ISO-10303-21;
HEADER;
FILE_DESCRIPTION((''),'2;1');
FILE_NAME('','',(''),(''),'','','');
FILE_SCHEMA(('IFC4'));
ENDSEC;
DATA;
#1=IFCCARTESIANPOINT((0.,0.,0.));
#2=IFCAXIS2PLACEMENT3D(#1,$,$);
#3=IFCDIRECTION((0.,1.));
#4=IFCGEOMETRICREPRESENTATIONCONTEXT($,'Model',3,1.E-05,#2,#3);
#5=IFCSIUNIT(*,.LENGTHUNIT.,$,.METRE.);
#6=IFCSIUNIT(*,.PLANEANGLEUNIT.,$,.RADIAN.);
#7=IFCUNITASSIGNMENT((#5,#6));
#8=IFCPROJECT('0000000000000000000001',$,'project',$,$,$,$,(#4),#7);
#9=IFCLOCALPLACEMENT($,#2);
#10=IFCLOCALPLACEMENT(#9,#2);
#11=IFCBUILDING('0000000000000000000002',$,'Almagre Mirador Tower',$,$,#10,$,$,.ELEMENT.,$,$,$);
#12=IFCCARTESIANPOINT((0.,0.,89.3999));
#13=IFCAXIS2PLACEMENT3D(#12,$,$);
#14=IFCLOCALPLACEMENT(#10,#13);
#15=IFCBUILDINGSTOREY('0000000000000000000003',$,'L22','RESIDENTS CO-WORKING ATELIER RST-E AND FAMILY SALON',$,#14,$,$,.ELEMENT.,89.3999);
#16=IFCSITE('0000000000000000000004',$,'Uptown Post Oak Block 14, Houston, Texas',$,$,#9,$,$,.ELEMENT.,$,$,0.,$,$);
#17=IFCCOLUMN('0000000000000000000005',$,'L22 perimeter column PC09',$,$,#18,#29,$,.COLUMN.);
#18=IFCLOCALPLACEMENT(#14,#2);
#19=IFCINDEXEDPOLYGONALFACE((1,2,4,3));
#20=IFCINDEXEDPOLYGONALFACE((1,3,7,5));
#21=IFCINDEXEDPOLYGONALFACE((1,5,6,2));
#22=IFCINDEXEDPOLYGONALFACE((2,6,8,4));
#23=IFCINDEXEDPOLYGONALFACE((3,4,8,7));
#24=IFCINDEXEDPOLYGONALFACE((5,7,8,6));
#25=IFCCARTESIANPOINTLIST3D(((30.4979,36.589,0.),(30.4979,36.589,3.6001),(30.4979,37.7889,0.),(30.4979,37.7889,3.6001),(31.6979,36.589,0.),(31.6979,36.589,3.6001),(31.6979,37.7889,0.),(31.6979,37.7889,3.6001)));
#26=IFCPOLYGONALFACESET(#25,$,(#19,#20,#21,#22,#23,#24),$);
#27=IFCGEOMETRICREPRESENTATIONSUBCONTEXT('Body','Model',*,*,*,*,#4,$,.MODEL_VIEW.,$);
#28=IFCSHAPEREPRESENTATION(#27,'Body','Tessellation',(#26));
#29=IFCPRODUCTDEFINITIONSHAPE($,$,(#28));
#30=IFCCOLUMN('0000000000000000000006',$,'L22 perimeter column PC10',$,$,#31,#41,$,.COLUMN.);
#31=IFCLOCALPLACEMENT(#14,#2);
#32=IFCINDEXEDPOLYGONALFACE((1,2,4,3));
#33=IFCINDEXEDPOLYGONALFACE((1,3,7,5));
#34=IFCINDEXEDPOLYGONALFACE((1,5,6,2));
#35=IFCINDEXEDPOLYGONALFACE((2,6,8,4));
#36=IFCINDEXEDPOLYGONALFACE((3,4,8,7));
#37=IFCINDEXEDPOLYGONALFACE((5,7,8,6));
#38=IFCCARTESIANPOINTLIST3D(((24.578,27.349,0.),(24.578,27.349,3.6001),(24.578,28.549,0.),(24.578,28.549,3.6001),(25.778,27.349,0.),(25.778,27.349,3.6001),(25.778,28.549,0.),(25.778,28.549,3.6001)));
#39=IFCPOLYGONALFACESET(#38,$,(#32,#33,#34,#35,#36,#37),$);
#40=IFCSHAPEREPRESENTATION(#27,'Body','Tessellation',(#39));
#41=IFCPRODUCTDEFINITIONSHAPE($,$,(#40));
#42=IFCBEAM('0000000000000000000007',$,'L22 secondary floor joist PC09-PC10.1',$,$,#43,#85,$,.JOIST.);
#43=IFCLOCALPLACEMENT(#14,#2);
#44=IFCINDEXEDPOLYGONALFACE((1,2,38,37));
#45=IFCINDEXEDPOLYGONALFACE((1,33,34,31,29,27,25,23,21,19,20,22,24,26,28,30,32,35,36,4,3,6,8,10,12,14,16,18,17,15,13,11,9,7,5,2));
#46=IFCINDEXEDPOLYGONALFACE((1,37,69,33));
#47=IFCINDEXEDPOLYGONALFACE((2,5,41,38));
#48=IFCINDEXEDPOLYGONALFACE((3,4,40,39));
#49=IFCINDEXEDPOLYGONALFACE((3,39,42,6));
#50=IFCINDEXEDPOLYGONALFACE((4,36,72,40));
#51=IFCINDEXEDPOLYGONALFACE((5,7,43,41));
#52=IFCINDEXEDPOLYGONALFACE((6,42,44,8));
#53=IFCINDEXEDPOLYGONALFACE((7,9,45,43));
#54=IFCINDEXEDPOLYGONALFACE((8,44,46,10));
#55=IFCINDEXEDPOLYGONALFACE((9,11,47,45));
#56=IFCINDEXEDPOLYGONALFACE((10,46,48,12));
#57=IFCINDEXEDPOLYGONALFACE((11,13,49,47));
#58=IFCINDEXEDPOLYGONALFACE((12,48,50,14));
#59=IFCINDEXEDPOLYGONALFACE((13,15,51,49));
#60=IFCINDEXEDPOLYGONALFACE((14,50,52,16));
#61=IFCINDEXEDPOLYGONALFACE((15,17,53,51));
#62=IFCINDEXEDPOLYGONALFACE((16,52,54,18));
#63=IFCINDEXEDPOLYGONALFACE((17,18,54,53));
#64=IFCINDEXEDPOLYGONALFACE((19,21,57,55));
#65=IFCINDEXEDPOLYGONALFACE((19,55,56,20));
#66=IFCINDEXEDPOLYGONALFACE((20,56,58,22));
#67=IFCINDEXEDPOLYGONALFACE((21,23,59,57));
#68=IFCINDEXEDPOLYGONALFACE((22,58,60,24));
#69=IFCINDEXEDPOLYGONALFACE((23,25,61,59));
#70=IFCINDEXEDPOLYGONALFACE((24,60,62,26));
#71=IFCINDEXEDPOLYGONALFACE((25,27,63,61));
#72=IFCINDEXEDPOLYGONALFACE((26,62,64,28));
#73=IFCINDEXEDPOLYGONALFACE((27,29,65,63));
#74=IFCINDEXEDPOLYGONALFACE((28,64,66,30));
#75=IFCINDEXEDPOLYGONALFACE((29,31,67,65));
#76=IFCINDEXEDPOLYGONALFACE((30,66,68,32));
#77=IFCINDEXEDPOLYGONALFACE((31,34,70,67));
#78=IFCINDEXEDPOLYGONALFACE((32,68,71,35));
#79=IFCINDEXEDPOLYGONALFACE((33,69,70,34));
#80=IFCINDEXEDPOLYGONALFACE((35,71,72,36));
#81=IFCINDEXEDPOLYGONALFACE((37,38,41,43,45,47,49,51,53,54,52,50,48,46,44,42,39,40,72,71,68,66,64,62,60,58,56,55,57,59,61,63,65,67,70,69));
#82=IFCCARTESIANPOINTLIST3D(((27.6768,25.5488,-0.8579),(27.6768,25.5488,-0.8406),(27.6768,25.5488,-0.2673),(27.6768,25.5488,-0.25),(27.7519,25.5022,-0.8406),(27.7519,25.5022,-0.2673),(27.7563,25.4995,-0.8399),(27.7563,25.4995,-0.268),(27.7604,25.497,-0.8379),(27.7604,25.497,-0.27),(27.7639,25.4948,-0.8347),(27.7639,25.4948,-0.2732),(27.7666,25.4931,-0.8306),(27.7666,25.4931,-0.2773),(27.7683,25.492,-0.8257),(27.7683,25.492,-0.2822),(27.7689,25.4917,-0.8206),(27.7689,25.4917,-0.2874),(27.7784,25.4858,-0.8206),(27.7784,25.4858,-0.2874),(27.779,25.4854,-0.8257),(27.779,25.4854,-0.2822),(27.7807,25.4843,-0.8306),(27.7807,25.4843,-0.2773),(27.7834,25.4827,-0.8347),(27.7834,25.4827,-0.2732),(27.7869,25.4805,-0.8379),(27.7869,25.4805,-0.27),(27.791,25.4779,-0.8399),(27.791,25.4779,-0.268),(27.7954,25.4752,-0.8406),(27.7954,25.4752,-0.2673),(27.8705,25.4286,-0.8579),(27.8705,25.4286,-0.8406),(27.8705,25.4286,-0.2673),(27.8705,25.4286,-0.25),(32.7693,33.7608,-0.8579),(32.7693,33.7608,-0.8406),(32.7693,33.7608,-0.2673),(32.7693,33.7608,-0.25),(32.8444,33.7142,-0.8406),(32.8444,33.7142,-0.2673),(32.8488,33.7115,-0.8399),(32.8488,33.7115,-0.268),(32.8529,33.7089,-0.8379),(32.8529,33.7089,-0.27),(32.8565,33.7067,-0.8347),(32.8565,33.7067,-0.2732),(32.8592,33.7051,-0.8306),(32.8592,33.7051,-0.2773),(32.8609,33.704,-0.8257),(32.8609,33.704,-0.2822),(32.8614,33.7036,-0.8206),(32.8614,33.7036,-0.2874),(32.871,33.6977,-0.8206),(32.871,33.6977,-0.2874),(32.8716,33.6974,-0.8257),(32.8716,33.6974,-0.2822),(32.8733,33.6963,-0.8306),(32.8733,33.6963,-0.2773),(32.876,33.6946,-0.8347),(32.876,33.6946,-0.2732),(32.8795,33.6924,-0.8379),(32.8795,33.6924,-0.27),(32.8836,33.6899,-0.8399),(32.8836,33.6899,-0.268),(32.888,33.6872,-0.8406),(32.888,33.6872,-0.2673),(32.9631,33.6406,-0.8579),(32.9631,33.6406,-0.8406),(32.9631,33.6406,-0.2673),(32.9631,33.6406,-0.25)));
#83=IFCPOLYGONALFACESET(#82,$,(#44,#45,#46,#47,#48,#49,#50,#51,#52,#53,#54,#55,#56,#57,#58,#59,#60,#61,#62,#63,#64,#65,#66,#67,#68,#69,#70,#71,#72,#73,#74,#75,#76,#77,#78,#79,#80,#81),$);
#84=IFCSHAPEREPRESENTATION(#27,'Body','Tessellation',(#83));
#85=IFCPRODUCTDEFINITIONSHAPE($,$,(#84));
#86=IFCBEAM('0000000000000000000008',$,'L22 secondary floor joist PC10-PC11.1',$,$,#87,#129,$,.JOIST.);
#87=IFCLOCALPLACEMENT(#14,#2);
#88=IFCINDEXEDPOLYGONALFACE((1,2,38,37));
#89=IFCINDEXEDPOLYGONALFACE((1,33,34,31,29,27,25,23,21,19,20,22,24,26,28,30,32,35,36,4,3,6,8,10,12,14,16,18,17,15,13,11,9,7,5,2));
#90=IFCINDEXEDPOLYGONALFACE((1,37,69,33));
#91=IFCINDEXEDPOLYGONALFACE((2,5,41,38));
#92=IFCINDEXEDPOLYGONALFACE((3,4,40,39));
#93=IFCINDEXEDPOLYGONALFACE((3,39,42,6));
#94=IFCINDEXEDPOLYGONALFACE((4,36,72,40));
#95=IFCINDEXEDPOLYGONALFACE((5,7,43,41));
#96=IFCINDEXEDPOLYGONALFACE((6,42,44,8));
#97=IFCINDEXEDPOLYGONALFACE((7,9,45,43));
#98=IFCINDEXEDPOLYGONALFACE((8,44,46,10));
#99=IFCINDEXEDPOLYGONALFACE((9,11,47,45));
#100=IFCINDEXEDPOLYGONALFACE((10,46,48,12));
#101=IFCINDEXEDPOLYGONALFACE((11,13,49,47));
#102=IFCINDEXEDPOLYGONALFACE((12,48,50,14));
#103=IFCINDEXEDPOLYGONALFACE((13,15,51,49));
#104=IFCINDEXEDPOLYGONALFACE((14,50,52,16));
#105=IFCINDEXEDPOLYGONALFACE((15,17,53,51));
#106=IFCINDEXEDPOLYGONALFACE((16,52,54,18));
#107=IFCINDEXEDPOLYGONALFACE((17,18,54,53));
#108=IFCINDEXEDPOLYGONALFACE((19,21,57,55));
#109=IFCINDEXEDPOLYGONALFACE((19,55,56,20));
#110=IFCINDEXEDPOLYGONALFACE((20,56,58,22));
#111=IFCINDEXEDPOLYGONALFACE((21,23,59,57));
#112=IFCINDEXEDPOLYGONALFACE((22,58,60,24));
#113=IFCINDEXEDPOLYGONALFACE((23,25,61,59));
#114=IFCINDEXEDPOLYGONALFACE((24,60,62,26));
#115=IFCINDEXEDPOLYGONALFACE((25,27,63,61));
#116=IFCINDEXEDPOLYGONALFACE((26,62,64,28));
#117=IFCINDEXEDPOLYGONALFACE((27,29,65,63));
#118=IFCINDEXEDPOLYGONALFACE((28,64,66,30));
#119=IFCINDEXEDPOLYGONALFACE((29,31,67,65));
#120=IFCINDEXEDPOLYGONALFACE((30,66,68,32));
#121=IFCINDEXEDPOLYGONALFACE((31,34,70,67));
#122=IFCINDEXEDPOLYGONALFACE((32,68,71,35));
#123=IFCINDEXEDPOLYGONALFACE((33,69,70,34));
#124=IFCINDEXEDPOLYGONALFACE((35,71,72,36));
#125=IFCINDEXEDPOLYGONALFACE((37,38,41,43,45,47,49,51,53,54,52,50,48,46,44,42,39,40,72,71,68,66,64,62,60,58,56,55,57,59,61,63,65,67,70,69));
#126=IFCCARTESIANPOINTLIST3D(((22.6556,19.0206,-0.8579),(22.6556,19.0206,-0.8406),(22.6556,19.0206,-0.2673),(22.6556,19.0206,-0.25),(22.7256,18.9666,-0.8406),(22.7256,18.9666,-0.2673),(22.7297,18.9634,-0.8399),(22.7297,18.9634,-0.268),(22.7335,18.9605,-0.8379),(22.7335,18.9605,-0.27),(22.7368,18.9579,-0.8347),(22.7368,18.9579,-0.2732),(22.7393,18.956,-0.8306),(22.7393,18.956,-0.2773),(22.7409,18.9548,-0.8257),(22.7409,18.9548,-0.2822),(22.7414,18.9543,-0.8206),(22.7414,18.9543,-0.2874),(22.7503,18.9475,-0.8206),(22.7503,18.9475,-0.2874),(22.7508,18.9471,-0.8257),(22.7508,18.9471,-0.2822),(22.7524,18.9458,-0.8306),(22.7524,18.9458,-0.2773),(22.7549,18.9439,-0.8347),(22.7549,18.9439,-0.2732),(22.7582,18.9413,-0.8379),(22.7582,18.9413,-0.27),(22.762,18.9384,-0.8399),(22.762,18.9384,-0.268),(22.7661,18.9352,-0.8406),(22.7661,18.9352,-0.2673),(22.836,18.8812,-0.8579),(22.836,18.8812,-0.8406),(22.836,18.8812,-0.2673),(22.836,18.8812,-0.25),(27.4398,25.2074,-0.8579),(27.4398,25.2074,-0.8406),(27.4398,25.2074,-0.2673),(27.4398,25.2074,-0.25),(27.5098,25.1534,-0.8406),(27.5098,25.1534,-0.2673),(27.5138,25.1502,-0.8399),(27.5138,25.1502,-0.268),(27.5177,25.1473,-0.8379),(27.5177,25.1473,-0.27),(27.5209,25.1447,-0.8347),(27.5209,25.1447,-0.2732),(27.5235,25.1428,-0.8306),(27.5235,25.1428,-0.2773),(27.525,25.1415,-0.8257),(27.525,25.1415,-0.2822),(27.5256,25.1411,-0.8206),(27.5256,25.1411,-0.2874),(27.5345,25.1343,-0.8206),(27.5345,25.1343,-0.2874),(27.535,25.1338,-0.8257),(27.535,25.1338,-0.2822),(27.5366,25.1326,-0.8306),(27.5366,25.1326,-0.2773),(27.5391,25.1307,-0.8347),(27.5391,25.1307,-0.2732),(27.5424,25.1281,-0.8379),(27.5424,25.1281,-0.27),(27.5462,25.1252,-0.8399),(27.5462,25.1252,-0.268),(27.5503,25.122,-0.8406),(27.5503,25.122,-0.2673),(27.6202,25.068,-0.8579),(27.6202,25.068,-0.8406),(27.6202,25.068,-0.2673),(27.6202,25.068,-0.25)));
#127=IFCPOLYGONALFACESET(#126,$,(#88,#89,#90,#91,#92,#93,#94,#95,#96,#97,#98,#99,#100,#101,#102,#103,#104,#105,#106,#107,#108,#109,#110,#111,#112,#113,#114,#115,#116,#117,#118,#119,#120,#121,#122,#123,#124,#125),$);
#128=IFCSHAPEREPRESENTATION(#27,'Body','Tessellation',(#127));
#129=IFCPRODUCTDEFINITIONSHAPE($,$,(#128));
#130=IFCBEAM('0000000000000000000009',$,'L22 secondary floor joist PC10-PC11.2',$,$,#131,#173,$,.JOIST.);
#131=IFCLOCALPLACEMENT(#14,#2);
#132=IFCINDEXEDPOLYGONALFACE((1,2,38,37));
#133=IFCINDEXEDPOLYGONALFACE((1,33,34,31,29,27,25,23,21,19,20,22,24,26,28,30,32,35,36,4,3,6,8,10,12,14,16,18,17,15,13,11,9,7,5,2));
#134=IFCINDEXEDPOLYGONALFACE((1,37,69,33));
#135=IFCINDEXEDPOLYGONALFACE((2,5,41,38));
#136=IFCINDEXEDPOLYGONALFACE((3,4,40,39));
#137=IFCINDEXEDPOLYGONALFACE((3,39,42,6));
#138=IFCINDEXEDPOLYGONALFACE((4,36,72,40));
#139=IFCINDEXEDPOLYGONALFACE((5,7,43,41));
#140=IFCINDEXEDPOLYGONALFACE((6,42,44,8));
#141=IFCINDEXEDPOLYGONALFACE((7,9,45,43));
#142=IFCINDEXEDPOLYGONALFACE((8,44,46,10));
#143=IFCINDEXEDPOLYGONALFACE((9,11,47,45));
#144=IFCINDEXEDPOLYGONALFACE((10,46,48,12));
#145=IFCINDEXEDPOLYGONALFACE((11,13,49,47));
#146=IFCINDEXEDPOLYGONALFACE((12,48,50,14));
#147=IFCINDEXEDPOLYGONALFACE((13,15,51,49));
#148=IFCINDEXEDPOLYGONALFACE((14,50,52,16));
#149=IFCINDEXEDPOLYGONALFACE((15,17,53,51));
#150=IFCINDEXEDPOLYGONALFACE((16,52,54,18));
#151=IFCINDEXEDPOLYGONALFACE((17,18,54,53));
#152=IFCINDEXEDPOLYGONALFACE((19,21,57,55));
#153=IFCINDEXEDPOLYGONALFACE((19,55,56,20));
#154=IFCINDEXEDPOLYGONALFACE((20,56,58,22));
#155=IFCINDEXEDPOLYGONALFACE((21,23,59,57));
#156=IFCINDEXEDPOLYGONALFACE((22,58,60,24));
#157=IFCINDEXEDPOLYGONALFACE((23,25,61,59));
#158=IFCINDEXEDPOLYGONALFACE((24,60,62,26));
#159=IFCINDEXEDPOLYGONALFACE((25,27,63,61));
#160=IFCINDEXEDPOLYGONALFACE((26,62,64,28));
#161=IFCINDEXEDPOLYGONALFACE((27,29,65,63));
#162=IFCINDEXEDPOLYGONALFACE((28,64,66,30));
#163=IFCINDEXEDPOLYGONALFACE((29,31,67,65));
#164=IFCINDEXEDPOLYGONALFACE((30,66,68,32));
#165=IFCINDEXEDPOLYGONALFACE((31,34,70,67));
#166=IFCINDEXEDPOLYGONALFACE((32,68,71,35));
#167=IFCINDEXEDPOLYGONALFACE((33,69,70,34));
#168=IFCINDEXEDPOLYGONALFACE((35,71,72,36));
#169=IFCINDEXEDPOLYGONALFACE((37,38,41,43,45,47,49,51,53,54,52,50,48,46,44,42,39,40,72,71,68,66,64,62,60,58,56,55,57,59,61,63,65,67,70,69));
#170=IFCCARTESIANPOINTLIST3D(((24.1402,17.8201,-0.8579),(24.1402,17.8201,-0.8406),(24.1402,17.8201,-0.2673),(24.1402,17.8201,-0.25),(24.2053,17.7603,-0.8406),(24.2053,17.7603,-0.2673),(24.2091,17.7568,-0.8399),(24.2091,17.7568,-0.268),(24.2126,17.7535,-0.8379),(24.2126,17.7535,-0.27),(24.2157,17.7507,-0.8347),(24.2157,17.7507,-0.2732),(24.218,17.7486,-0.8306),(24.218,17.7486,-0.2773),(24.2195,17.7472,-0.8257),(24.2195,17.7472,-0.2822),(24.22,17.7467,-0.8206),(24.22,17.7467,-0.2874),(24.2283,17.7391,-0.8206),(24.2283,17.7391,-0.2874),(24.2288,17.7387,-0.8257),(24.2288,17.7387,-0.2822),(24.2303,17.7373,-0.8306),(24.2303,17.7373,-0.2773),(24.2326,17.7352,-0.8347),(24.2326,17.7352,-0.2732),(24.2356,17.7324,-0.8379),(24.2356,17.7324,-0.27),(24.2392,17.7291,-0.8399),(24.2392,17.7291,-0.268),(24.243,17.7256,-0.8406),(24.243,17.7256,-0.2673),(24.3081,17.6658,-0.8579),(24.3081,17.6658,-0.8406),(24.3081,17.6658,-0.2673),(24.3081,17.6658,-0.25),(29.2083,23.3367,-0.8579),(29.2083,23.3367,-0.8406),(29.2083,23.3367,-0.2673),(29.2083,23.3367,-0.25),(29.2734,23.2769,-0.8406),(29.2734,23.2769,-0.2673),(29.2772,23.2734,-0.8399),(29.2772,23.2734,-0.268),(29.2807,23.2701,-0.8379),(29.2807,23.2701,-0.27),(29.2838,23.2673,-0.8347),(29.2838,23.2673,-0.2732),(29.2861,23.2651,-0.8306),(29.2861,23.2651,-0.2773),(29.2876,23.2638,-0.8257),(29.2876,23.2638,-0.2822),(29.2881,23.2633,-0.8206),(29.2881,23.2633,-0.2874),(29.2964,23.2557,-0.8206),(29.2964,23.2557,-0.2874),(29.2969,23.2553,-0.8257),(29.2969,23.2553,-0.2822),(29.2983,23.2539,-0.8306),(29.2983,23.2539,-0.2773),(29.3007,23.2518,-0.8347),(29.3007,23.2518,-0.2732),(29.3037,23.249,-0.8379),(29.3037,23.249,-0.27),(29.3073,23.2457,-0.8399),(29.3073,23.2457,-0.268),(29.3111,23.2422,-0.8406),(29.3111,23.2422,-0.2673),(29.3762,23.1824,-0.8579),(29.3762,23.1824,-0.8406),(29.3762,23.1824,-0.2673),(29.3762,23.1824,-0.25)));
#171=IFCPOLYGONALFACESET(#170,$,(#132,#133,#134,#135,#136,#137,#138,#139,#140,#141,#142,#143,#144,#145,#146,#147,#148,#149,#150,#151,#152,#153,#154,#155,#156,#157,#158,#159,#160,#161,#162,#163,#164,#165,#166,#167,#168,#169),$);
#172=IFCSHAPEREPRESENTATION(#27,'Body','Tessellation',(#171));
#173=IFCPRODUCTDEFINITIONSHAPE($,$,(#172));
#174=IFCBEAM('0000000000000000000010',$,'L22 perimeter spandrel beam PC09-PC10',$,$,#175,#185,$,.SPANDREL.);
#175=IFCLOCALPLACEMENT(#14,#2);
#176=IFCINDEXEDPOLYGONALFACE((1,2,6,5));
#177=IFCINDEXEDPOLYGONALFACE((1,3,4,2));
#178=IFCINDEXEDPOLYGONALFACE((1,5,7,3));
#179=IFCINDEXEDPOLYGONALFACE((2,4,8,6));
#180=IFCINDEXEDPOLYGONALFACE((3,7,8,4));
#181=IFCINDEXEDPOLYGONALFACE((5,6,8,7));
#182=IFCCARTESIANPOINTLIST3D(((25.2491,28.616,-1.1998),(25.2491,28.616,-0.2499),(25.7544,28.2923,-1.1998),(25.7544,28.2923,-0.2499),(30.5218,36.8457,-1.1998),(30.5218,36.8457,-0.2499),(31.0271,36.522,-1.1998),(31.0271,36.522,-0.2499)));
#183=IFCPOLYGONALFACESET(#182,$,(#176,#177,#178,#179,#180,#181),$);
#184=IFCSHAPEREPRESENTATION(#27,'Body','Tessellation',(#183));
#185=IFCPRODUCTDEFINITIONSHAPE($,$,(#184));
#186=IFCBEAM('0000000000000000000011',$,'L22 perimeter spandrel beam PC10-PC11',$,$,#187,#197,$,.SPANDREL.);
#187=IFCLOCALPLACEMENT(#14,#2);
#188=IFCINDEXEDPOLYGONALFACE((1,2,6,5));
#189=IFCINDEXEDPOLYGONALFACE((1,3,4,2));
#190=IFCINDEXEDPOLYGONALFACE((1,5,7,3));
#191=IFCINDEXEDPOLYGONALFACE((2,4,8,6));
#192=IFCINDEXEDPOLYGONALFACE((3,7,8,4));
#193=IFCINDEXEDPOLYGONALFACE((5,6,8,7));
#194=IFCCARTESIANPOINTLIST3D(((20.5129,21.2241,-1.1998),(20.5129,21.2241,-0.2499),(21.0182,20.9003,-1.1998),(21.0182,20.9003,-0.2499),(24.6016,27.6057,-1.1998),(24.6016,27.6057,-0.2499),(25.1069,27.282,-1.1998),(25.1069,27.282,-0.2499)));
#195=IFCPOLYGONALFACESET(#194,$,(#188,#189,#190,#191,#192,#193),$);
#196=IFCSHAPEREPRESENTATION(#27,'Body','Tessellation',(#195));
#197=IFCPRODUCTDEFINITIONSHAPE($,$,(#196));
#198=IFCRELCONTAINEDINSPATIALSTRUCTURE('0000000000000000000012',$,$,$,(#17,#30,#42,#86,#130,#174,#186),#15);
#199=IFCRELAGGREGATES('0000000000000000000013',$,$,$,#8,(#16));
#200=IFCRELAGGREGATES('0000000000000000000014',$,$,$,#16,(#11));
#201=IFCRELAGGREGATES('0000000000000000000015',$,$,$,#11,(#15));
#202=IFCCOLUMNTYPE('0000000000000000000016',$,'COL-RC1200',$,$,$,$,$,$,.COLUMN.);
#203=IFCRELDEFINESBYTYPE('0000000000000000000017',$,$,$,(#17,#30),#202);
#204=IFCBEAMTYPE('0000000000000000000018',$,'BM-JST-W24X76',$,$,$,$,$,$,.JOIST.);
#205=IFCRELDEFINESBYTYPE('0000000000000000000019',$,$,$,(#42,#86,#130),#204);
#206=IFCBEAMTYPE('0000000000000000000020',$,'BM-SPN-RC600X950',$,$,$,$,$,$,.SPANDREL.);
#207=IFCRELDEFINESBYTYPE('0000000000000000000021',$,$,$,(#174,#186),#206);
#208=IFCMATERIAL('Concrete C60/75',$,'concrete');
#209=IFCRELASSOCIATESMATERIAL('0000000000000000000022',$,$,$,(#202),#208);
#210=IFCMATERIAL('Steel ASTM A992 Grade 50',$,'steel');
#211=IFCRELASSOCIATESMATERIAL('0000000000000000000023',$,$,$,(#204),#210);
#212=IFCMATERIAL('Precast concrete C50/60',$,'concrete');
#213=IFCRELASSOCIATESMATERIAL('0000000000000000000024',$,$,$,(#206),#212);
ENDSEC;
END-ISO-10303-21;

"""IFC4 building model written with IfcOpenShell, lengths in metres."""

from ifc_helpers import new_model, si_unit, direction, frame, origin, origin_2d, place, context, subcontext, project, spatial, rectangle, i_section, extrude, material, material_profile, profile_set, type_object, element, save


model = new_model("IFC4")

# Units and contexts
model_context = context("Model", 3, precision=1e-05, world=origin(), true_north=direction((0.0, 1.0)))
body_context = subcontext(model_context, "Body", "Model", "MODEL_VIEW")
ifc_project = project(units=[si_unit("LENGTHUNIT", "METRE"), si_unit("PLANEANGLEUNIT", "RADIAN")], contexts=[model_context])

# Site, building, storey
site_placement = place(None, origin())
site = spatial("IfcSite", under=ifc_project, at=site_placement, Name="Uptown Post Oak Block 14, Houston, Texas", CompositionType="ELEMENT", RefElevation=0.0)
building_placement = place(site_placement, origin())
building = spatial("IfcBuilding", under=site, at=building_placement, Name="Almagre Mirador Tower", CompositionType="ELEMENT")
storey_placement = place(building_placement, frame((0.0, 0.0, 89.3999)))
storey = spatial("IfcBuildingStorey", under=building, at=storey_placement, Name="L22", Description="RESIDENTS CO-WORKING ATELIER RST-E AND FAMILY SALON", CompositionType="ELEMENT", Elevation=89.3999)

# Columns
ifc_material_1 = material(Name="Concrete C60/75", Category="concrete")
ifc_material_profile_1 = material_profile(ifc_material_1, rectangle(XDim=1.2, YDim=1.2, at=origin_2d()), Name="RC1200X1200")
ifc_profile_set_1 = profile_set([ifc_material_profile_1], Name="Concrete C60/75")
column_type = type_object("IfcColumnType", Name="COL-RC1200", PredefinedType="COLUMN", material=ifc_profile_set_1)
for number, where, z_axis, x_axis, name in (
    (1, (31.0979, 37.189, 0.0), (0.0, 0.0, 1.0), (1.0, 0.0, 0.0), "L22 perimeter column PC09"),
    (2, (25.178, 27.949, 0.0), (0.0, 0.0, 1.0), (1.0, 0.0, 0.0), "L22 perimeter column PC10"),
):
    element("IfcColumn", number, at=place(storey_placement, frame(where, z_axis=z_axis, x_axis=x_axis)), inside=storey, type_object=column_type, Name=name, PredefinedType="COLUMN", context=body_context, shape_type="SweptSolid", body=[
        extrude(rectangle(XDim=1.2, YDim=1.2, at=origin_2d()), origin(), (0.0, 0.0, 1.0), 3.6001),
    ])

# Beams
ifc_material_2 = material(Name="Steel ASTM A992 Grade 50", Category="steel")
ifc_material_profile_2 = material_profile(ifc_material_2, i_section(OverallWidth=0.228, OverallDepth=0.6079, WebThickness=0.0112, FlangeThickness=0.0173, FilletRadius=0.02, at=origin_2d()), Name="W24X76")
ifc_profile_set_2 = profile_set([ifc_material_profile_2], Name="Steel ASTM A992 Grade 50")
beam_type_1 = type_object("IfcBeamType", Name="BM-JST-W24X76", PredefinedType="JOIST", material=ifc_profile_set_2)
beam_1_placement = place(storey_placement, frame((32.8662, 33.7007, -0.554), z_axis=(-0.527025, -0.84985, 0.0), x_axis=(0.84985, -0.527025, 0.0)))
element("IfcBeam", 3, at=beam_1_placement, inside=storey, type_object=beam_type_1, Name="L22 secondary floor joist PC09-PC10.1", PredefinedType="JOIST", context=body_context, shape_type="SweptSolid", body=[
    extrude(i_section(OverallWidth=0.228, OverallDepth=0.6079, WebThickness=0.0112, FlangeThickness=0.0173, FilletRadius=0.02, at=origin_2d()), origin(), (0.0, 0.0, 1.0), 9.6628),
])
beam_2_placement = place(storey_placement, frame((27.53, 25.1377, -0.554), z_axis=(-0.611727, -0.791069, 0.0), x_axis=(0.791069, -0.611727, 0.0)))
element("IfcBeam", 4, at=beam_2_placement, inside=storey, type_object=beam_type_1, Name="L22 secondary floor joist PC10-PC11.1", PredefinedType="JOIST", context=body_context, shape_type="SweptSolid", body=[
    extrude(i_section(OverallWidth=0.228, OverallDepth=0.6079, WebThickness=0.0112, FlangeThickness=0.0173, FilletRadius=0.02, at=origin_2d()), origin(), (0.0, 0.0, 1.0), 7.8208),
])
beam_3_placement = place(storey_placement, frame((29.2922, 23.2595, -0.554), z_axis=(-0.676539, -0.736407, 0.0), x_axis=(0.736407, -0.676539, 0.0)))
element("IfcBeam", 5, at=beam_3_placement, inside=storey, type_object=beam_type_1, Name="L22 secondary floor joist PC10-PC11.2", PredefinedType="JOIST", context=body_context, shape_type="SweptSolid", body=[
    extrude(i_section(OverallWidth=0.228, OverallDepth=0.6079, WebThickness=0.0112, FlangeThickness=0.0173, FilletRadius=0.02, at=origin_2d()), origin(), (0.0, 0.0, 1.0), 7.4912),
])
ifc_material_3 = material(Name="Precast concrete C50/60", Category="concrete")
ifc_material_profile_3 = material_profile(ifc_material_3, rectangle(XDim=0.6001, YDim=0.95, at=origin_2d()), Name="RC600X950")
ifc_profile_set_3 = profile_set([ifc_material_profile_3], Name="Precast concrete C50/60")
beam_type_2 = type_object("IfcBeamType", Name="BM-SPN-RC600X950", PredefinedType="SPANDREL", material=ifc_profile_set_3)
beam_4_placement = place(storey_placement, frame((30.7744, 36.6838, -0.7249), z_axis=(-0.539465, -0.842008, 0.0), x_axis=(0.842008, -0.539465, 0.0)))
element("IfcBeam", 6, at=beam_4_placement, inside=storey, type_object=beam_type_2, Name="L22 perimeter spandrel beam PC09-PC10", PredefinedType="SPANDREL", context=body_context, shape_type="SweptSolid", body=[
    extrude(rectangle(XDim=0.6001, YDim=0.95, at=origin_2d()), origin(), (0.0, 0.0, 1.0), 9.7739),
])
beam_5_placement = place(storey_placement, frame((24.8542, 27.4438, -0.7249), z_axis=(-0.539466, -0.842007, 0.0), x_axis=(0.842007, -0.539466, 0.0)))
element("IfcBeam", 7, at=beam_5_placement, inside=storey, type_object=beam_type_2, Name="L22 perimeter spandrel beam PC10-PC11", PredefinedType="SPANDREL", context=body_context, shape_type="SweptSolid", body=[
    extrude(rectangle(XDim=0.6001, YDim=0.95, at=origin_2d()), origin(), (0.0, 0.0, 1.0), 7.5791),
])

save(model, "model.ifc")
